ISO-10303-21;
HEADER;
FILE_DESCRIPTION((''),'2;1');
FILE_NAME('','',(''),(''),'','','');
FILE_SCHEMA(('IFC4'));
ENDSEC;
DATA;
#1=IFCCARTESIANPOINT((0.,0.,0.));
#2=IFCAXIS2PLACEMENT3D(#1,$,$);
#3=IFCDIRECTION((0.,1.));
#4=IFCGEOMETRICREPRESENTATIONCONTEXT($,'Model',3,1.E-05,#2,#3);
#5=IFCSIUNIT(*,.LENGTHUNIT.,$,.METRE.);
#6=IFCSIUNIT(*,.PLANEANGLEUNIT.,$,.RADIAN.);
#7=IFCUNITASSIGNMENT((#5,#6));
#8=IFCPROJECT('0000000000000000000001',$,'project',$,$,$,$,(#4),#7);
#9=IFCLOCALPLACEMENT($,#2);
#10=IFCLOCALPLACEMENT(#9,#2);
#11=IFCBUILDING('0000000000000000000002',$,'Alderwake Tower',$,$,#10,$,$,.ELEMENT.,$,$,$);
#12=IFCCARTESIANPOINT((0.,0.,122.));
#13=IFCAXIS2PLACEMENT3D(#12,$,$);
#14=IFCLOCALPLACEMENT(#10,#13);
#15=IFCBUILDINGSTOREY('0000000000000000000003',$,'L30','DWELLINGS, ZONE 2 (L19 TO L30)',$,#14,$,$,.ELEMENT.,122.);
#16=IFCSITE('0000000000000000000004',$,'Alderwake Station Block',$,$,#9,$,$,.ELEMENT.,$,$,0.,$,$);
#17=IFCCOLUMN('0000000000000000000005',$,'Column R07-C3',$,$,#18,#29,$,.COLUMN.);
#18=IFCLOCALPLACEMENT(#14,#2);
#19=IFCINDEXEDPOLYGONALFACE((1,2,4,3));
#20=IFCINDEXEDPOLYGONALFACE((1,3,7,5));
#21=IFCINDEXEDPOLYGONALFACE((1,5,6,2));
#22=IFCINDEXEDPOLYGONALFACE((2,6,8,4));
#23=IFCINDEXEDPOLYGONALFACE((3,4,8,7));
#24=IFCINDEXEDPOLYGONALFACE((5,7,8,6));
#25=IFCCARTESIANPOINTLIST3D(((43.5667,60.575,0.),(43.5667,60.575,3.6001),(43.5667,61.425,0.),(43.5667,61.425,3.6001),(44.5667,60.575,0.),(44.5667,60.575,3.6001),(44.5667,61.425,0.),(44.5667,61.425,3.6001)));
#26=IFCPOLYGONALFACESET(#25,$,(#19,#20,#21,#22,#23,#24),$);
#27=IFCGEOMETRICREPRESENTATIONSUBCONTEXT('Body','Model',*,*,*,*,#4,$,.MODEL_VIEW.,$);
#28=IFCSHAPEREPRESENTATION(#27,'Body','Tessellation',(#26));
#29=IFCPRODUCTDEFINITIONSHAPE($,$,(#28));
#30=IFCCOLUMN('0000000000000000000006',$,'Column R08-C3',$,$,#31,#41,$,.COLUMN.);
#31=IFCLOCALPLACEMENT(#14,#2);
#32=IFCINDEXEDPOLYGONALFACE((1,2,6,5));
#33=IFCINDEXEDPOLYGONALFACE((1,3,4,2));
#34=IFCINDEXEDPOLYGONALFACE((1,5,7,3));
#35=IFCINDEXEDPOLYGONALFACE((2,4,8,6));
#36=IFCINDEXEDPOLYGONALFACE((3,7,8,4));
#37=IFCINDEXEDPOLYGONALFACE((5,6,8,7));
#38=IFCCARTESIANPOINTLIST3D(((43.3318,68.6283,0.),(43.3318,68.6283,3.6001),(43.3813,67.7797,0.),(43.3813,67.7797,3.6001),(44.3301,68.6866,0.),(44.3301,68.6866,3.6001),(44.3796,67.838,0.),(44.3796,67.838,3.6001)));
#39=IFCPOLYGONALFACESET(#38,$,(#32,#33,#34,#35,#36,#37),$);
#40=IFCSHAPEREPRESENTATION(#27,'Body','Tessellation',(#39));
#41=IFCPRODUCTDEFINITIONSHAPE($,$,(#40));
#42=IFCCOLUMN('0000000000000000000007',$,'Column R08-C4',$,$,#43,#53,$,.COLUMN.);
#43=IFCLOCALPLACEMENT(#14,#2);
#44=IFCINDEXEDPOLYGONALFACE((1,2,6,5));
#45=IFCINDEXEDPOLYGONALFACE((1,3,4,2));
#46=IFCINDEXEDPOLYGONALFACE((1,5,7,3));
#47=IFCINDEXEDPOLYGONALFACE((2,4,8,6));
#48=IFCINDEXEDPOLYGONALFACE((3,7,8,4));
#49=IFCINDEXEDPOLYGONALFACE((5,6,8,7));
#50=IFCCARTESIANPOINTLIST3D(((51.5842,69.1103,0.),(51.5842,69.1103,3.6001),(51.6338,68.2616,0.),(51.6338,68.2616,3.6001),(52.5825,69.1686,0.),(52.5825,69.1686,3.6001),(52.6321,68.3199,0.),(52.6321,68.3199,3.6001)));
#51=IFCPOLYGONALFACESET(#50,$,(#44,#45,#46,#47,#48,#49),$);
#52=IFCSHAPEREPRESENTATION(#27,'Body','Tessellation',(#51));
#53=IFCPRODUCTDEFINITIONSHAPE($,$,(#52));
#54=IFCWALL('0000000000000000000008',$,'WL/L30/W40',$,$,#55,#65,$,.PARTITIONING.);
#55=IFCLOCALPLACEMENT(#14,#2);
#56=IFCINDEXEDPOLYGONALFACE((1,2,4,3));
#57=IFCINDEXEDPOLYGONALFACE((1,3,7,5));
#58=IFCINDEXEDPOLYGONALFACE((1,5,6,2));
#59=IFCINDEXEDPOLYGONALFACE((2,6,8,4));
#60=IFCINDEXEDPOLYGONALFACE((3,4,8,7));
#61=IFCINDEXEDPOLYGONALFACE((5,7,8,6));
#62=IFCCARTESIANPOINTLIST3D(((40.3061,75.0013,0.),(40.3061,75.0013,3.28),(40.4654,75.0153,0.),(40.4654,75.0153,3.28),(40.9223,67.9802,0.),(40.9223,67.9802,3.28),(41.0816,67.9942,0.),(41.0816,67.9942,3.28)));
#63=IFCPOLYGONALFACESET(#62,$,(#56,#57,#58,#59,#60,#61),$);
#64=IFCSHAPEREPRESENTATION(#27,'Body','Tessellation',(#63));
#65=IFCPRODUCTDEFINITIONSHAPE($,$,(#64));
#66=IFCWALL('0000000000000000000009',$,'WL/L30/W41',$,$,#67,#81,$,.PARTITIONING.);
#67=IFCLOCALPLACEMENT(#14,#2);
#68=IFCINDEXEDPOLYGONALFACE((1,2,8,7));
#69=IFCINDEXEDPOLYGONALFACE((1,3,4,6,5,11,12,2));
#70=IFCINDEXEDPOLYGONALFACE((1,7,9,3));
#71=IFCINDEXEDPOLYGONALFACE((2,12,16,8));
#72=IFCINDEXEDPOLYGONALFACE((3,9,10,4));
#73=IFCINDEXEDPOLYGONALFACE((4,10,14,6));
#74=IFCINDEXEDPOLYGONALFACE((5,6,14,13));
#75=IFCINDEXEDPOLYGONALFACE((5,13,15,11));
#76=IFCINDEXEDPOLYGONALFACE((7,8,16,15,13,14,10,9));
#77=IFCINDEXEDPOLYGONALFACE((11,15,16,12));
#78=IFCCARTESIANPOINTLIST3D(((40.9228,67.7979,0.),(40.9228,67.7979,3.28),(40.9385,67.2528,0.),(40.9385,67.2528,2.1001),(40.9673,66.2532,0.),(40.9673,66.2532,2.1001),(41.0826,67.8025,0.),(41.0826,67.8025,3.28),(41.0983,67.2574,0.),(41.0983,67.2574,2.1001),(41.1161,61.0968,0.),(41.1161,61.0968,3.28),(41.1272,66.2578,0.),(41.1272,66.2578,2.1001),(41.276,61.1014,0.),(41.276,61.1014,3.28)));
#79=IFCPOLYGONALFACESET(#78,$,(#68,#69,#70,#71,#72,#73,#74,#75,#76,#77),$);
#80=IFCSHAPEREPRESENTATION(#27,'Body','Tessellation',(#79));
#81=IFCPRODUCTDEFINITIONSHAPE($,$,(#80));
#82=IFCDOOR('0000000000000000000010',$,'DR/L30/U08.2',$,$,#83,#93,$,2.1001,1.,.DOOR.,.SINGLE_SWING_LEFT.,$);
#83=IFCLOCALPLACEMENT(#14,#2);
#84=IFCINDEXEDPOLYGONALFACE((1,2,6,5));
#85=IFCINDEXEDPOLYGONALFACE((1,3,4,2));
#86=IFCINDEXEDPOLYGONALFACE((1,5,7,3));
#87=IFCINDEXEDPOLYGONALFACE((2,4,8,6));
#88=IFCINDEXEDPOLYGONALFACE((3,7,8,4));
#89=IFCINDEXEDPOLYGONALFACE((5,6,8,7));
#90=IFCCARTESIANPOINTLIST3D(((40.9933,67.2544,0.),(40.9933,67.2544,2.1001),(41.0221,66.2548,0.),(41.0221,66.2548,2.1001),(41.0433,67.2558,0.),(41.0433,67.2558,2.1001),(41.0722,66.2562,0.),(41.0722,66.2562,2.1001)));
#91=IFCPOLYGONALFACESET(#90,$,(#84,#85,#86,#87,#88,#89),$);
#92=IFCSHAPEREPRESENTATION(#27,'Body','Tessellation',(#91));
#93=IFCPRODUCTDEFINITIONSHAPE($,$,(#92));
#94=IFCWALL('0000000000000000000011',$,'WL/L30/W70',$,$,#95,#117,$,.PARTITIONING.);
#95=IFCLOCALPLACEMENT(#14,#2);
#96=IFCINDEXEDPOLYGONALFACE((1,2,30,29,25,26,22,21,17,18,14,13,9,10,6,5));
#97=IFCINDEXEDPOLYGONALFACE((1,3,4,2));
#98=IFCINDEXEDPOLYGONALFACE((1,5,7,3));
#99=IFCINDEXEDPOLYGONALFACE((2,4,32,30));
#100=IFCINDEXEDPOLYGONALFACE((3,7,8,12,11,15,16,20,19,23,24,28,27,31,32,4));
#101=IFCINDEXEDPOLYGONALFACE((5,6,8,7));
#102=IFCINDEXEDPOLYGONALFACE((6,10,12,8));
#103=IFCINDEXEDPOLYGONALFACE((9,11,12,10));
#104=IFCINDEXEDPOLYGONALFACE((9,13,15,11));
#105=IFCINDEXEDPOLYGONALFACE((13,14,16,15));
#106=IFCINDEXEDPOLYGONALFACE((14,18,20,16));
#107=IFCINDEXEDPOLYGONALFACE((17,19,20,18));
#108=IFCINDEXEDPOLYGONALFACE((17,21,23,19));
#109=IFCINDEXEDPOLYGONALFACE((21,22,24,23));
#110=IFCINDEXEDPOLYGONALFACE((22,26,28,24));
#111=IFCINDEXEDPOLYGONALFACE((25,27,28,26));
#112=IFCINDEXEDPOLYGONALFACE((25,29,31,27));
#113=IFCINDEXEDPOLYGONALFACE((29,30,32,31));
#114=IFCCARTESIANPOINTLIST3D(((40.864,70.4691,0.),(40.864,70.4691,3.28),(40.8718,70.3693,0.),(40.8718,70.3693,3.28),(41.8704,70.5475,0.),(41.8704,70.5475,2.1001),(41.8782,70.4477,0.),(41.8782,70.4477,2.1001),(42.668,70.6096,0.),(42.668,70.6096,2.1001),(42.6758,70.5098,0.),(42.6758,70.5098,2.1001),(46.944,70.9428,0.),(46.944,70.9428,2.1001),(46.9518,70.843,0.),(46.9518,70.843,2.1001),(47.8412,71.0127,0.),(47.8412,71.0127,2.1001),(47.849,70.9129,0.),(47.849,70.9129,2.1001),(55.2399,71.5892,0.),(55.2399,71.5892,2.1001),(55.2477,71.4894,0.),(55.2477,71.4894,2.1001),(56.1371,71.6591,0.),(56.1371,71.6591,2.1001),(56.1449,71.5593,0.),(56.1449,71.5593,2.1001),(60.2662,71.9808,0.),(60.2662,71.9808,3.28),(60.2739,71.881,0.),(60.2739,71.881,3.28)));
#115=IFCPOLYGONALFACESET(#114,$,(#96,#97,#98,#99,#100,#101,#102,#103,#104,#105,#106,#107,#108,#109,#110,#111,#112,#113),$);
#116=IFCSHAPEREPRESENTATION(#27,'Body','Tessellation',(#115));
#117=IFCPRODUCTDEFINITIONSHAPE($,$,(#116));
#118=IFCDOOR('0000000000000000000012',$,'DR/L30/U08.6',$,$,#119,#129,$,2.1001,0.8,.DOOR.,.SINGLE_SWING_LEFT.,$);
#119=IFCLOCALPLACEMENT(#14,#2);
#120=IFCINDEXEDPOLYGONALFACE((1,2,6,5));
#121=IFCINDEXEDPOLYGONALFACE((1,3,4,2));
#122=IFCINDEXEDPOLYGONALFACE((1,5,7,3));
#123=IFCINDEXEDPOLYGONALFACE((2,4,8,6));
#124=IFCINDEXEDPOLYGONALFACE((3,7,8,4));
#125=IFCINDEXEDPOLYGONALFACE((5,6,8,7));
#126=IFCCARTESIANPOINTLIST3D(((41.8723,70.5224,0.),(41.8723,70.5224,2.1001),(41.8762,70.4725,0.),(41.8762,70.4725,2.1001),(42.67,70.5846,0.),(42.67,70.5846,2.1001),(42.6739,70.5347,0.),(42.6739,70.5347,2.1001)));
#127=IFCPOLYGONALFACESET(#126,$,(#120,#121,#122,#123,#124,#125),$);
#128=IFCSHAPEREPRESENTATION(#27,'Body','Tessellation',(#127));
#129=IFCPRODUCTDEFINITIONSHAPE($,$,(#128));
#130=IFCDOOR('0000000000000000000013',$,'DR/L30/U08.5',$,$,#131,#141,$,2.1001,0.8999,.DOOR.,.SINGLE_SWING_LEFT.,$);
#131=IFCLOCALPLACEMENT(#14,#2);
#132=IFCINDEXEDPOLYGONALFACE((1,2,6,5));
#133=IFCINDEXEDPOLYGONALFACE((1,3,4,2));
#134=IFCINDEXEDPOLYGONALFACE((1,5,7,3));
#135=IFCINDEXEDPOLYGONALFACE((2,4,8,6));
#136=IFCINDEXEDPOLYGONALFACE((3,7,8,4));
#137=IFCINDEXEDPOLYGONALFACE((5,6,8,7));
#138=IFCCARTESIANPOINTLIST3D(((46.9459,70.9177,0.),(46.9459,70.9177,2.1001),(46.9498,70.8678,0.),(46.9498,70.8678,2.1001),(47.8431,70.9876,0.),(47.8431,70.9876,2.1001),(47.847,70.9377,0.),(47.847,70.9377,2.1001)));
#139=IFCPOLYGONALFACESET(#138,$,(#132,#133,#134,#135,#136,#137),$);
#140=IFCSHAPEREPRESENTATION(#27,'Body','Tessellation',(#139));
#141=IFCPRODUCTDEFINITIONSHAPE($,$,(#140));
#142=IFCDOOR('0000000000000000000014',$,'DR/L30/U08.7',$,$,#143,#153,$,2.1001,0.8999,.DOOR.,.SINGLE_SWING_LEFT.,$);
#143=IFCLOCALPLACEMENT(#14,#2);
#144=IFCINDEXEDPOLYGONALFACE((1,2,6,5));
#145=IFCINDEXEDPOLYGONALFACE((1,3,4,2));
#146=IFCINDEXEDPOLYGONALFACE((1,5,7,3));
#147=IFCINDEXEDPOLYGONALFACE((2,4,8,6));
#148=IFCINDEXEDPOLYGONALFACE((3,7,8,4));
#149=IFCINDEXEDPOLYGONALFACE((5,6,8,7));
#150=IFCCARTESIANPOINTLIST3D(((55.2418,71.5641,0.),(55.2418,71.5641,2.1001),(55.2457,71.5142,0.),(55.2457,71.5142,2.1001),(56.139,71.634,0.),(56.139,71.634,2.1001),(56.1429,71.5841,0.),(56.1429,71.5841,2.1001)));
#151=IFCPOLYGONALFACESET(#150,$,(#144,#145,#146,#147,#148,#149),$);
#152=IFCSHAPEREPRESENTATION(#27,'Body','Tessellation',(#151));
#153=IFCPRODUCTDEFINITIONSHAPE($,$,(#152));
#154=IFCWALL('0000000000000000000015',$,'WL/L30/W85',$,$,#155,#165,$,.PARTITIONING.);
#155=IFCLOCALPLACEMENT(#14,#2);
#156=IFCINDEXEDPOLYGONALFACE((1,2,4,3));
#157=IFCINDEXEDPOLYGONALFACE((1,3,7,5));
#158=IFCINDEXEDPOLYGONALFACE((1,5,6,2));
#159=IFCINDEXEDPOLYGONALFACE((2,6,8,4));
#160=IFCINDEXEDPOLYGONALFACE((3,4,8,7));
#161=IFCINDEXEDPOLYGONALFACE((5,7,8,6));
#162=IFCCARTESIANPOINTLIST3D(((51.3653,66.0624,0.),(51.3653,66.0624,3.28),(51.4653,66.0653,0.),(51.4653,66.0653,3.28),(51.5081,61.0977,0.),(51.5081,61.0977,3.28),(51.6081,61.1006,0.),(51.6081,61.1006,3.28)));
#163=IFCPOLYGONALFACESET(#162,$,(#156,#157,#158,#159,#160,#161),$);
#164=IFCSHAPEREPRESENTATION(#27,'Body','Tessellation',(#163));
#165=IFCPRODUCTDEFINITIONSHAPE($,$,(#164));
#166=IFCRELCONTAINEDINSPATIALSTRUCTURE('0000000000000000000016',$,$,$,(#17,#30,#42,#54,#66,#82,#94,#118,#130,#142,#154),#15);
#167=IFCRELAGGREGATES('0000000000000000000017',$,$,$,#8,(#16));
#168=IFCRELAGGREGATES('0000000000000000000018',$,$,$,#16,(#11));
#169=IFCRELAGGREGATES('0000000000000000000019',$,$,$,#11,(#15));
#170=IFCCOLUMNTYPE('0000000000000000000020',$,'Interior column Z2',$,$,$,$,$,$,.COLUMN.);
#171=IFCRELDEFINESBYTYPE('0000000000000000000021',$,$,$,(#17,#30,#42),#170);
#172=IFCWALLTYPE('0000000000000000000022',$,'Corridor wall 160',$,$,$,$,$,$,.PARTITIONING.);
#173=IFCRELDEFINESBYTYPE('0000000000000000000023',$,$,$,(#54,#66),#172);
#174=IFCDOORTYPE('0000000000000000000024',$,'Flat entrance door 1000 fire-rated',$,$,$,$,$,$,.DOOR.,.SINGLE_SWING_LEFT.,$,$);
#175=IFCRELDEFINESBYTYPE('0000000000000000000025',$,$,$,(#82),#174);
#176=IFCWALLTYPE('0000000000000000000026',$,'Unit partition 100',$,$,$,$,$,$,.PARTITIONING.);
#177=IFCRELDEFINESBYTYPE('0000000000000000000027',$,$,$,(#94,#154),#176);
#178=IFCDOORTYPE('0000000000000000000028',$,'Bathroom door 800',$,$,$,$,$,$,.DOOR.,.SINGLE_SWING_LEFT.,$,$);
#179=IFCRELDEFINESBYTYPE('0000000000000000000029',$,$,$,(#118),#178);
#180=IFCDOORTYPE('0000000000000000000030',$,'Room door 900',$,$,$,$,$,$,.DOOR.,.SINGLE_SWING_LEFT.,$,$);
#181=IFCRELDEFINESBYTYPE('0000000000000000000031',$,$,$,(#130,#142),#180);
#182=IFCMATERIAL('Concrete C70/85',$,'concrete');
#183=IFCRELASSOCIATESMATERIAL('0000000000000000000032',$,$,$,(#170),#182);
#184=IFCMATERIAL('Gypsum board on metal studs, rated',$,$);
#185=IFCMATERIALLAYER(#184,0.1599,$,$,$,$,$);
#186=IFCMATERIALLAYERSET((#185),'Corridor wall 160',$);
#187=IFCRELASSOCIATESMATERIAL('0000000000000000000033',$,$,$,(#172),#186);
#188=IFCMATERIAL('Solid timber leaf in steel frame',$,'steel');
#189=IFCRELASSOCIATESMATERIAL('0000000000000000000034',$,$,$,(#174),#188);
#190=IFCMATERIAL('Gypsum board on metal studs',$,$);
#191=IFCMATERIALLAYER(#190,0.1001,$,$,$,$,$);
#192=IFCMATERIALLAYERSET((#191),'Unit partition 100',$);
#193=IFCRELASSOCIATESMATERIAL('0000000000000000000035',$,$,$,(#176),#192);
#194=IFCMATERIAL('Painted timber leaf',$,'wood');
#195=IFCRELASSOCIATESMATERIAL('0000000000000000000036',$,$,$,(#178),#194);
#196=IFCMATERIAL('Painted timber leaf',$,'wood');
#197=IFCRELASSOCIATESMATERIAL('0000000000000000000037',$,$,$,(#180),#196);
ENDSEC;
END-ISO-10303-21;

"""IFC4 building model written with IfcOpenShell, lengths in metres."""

from ifc_helpers import new_model, si_unit, direction, frame, frame_2d, origin, origin_2d, place, context, subcontext, project, spatial, rectangle, extrude, material, layer, layer_set, material_profile, profile_set, type_object, element, fill, save


model = new_model("IFC4")

# Units and contexts
model_context = context("Model", 3, precision=1e-05, world=origin(), true_north=direction((0.0, 1.0)))
body_context = subcontext(model_context, "Body", "Model", "MODEL_VIEW")
ifc_project = project(units=[si_unit("LENGTHUNIT", "METRE"), si_unit("PLANEANGLEUNIT", "RADIAN")], contexts=[model_context])

# Site, building, storey
site_placement = place(None, origin())
site = spatial("IfcSite", under=ifc_project, at=site_placement, Name="Alderwake Station Block", CompositionType="ELEMENT", RefElevation=0.0)
building_placement = place(site_placement, origin())
building = spatial("IfcBuilding", under=site, at=building_placement, Name="Alderwake Tower", CompositionType="ELEMENT")
storey_placement = place(building_placement, frame((0.0, 0.0, 122.0)))
storey = spatial("IfcBuildingStorey", under=building, at=storey_placement, Name="L30", Description="DWELLINGS, ZONE 2 (L19 TO L30)", CompositionType="ELEMENT", Elevation=122.0)

# Columns
ifc_material_1 = material(Name="Concrete C70/85", Category="concrete")
ifc_material_profile = material_profile(ifc_material_1, rectangle(XDim=0.8501, YDim=1.0, at=origin_2d()), Name="RC 1000X850")
ifc_profile_set = profile_set([ifc_material_profile], Name="Concrete C70/85")
column_type = type_object("IfcColumnType", Name="Interior column Z2", PredefinedType="COLUMN", material=ifc_profile_set)
for number, where, z_axis, x_axis, name in (
    (1, (44.0667, 61.0, 0.0), (0.0, 0.0, 1.0), (0.0, 1.0, 0.0), "Column R07-C3"),
    (2, (43.8557, 68.2332, 0.0), (0.0, 0.0, 1.0), (-0.058299, 0.998299, 0.0), "Column R08-C3"),
    (3, (52.1082, 68.7151, 0.0), (0.0, 0.0, 1.0), (-0.058301, 0.998299, 0.0), "Column R08-C4"),
):
    element("IfcColumn", number, at=place(storey_placement, frame(where, z_axis=z_axis, x_axis=x_axis)), inside=storey, type_object=column_type, Name=name, PredefinedType="COLUMN", context=body_context, shape_type="SweptSolid", body=[
        extrude(rectangle(XDim=0.8501, YDim=1.0, at=origin_2d()), origin(), (0.0, 0.0, 1.0), 3.6001),
    ])

# Wall
ifc_material_2 = material(Name="Gypsum board on metal studs, rated")
ifc_layer_1 = layer(ifc_material_2, 0.1599)
ifc_layer_set_1 = layer_set([ifc_layer_1], Name="Corridor wall 160")
wall_type_1 = type_object("IfcWallType", Name="Corridor wall 160", PredefinedType="PARTITIONING", material=ifc_layer_set_1)
wall_1_placement = place(storey_placement, frame((41.002, 67.9873, 0.0), z_axis=(0.0, 0.0, 1.0), x_axis=(-0.087431, 0.996171, 0.0)))
element("IfcWall", 4, at=wall_1_placement, inside=storey, type_object=wall_type_1, Name="WL/L30/W40", PredefinedType="PARTITIONING", context=body_context, shape_type="SweptSolid", body=[
    extrude(rectangle(XDim=7.0481, YDim=0.1599, at=frame_2d((3.5239, 0.0))), origin(), (0.0, 0.0, 1.0), 3.28),
])

# Wall, opening, door
wall_2_placement = place(storey_placement, frame((41.0027, 67.8003, 0.0), z_axis=(0.0, 0.0, 1.0), x_axis=(0.028843, -0.999584, 0.0)))
wall_2 = element("IfcWall", 5, at=wall_2_placement, inside=storey, type_object=wall_type_1, Name="WL/L30/W41", PredefinedType="PARTITIONING", context=body_context, shape_type="SweptSolid", body=[
    extrude(rectangle(XDim=6.7039, YDim=0.1599, at=frame_2d((3.3521, 0.0))), origin(), (0.0, 0.0, 1.0), 3.28),
])
opening_1_placement = place(wall_2_placement, frame((0.5454, 0.0, 0.0)))
opening_1 = element("IfcOpeningElement", 6, at=opening_1_placement, cuts=wall_2, PredefinedType="OPENING", context=body_context, shape_type="SweptSolid", body=[
    extrude(rectangle(XDim=1.0, YDim=2.1001, at=frame_2d((0.5, 1.05))), frame((0.0, 0.0898, 0.0), z_axis=(0.0, -1.0, 0.0), x_axis=(1.0, 0.0, 0.0)), (0.0, 0.0, 1.0), 0.1799),
])
ifc_material_3 = material(Name="Solid timber leaf in steel frame", Category="steel")
door_type_1 = type_object("IfcDoorType", Name="Flat entrance door 1000 fire-rated", OperationType="SINGLE_SWING_LEFT", PredefinedType="DOOR", material=ifc_material_3)
door_1_placement = place(opening_1_placement, origin())
door_1 = element("IfcDoor", 7, at=door_1_placement, inside=storey, type_object=door_type_1, Name="DR/L30/U08.2", OperationType="SINGLE_SWING_LEFT", OverallHeight=2.1001, OverallWidth=1.0, PredefinedType="DOOR", context=body_context, shape_type="SweptSolid", body=[
    extrude(rectangle(XDim=1.0, YDim=2.1001, at=frame_2d((0.5, 1.05))), frame((0.0, 0.0249, 0.0), z_axis=(0.0, -1.0, 0.0), x_axis=(1.0, 0.0, 0.0)), (0.0, 0.0, 1.0), 0.05),
])
fill(opening_1, door_1)

# Wall, openings, doors
ifc_material_4 = material(Name="Gypsum board on metal studs")
ifc_layer_2 = layer(ifc_material_4, 0.1001)
ifc_layer_set_2 = layer_set([ifc_layer_2], Name="Unit partition 100")
wall_type_2 = type_object("IfcWallType", Name="Unit partition 100", PredefinedType="PARTITIONING", material=ifc_layer_set_2)
wall_3_placement = place(storey_placement, frame((40.8679, 70.4192, 0.0), z_axis=(0.0, 0.0, 1.0), x_axis=(0.996978, 0.07768, 0.0)))
wall_3 = element("IfcWall", 8, at=wall_3_placement, inside=storey, type_object=wall_type_2, Name="WL/L30/W70", PredefinedType="PARTITIONING", context=body_context, shape_type="SweptSolid", body=[
    extrude(rectangle(XDim=19.4609, YDim=0.1001, at=frame_2d((9.7305, 0.0))), origin(), (0.0, 0.0, 1.0), 3.28),
])
opening_2_placement = place(wall_3_placement, frame((6.0984, 0.0, 0.0)))
opening_2 = element("IfcOpeningElement", 9, at=opening_2_placement, cuts=wall_3, PredefinedType="OPENING", context=body_context, shape_type="SweptSolid", body=[
    extrude(rectangle(XDim=0.8999, YDim=2.1001, at=frame_2d((0.45, 1.05))), frame((0.0, 0.0601, 0.0), z_axis=(0.0, -1.0, 0.0), x_axis=(1.0, 0.0, 0.0)), (0.0, 0.0, 1.0), 0.1201),
])
opening_3_placement = place(wall_3_placement, frame((1.0095, 0.0, 0.0)))
opening_3 = element("IfcOpeningElement", 10, at=opening_3_placement, cuts=wall_3, PredefinedType="OPENING", context=body_context, shape_type="SweptSolid", body=[
    extrude(rectangle(XDim=0.8, YDim=2.1001, at=frame_2d((0.3999, 1.05))), frame((0.0, 0.0601, 0.0), z_axis=(0.0, -1.0, 0.0), x_axis=(1.0, 0.0, 0.0)), (0.0, 0.0, 1.0), 0.1201),
])
opening_4_placement = place(wall_3_placement, frame((14.4194, 0.0, 0.0)))
opening_4 = element("IfcOpeningElement", 11, at=opening_4_placement, cuts=wall_3, PredefinedType="OPENING", context=body_context, shape_type="SweptSolid", body=[
    extrude(rectangle(XDim=0.8999, YDim=2.1001, at=frame_2d((0.45, 1.05))), frame((0.0, 0.0601, 0.0), z_axis=(0.0, -1.0, 0.0), x_axis=(1.0, 0.0, 0.0)), (0.0, 0.0, 1.0), 0.1201),
])
ifc_material_5 = material(Name="Painted timber leaf", Category="wood")
door_type_2 = type_object("IfcDoorType", Name="Bathroom door 800", OperationType="SINGLE_SWING_LEFT", PredefinedType="DOOR", material=ifc_material_5)
door_2_placement = place(opening_3_placement, origin())
door_2 = element("IfcDoor", 12, at=door_2_placement, inside=storey, type_object=door_type_2, Name="DR/L30/U08.6", OperationType="SINGLE_SWING_LEFT", OverallHeight=2.1001, OverallWidth=0.8, PredefinedType="DOOR", context=body_context, shape_type="SweptSolid", body=[
    extrude(rectangle(XDim=0.8, YDim=2.1001, at=frame_2d((0.3999, 1.05))), frame((0.0, 0.0249, 0.0), z_axis=(0.0, -1.0, 0.0), x_axis=(1.0, 0.0, 0.0)), (0.0, 0.0, 1.0), 0.05),
])
fill(opening_3, door_2)
ifc_material_6 = material(Name="Painted timber leaf", Category="wood")
door_type_3 = type_object("IfcDoorType", Name="Room door 900", OperationType="SINGLE_SWING_LEFT", PredefinedType="DOOR", material=ifc_material_6)
door_3_placement = place(opening_2_placement, origin())
door_3 = element("IfcDoor", 13, at=door_3_placement, inside=storey, type_object=door_type_3, Name="DR/L30/U08.5", OperationType="SINGLE_SWING_LEFT", OverallHeight=2.1001, OverallWidth=0.8999, PredefinedType="DOOR", context=body_context, shape_type="SweptSolid", body=[
    extrude(rectangle(XDim=0.8999, YDim=2.1001, at=frame_2d((0.45, 1.05))), frame((0.0, 0.0249, 0.0), z_axis=(0.0, -1.0, 0.0), x_axis=(1.0, 0.0, 0.0)), (0.0, 0.0, 1.0), 0.05),
])
fill(opening_2, door_3)
door_4_placement = place(opening_4_placement, origin())
door_4 = element("IfcDoor", 14, at=door_4_placement, inside=storey, type_object=door_type_3, Name="DR/L30/U08.7", OperationType="SINGLE_SWING_LEFT", OverallHeight=2.1001, OverallWidth=0.8999, PredefinedType="DOOR", context=body_context, shape_type="SweptSolid", body=[
    extrude(rectangle(XDim=0.8999, YDim=2.1001, at=frame_2d((0.45, 1.05))), frame((0.0, 0.0249, 0.0), z_axis=(0.0, -1.0, 0.0), x_axis=(1.0, 0.0, 0.0)), (0.0, 0.0, 1.0), 0.05),
])
fill(opening_4, door_4)

# Wall
wall_4_placement = place(storey_placement, frame((51.5581, 61.0991, 0.0), z_axis=(0.0, 0.0, 1.0), x_axis=(-0.028755, 0.999586, 0.0)))
element("IfcWall", 15, at=wall_4_placement, inside=storey, type_object=wall_type_2, Name="WL/L30/W85", PredefinedType="PARTITIONING", context=body_context, shape_type="SweptSolid", body=[
    extrude(rectangle(XDim=4.9668, YDim=0.1001, at=frame_2d((2.4834, 0.0))), origin(), (0.0, 0.0, 1.0), 3.28),
])

save(model, "model.ifc")
